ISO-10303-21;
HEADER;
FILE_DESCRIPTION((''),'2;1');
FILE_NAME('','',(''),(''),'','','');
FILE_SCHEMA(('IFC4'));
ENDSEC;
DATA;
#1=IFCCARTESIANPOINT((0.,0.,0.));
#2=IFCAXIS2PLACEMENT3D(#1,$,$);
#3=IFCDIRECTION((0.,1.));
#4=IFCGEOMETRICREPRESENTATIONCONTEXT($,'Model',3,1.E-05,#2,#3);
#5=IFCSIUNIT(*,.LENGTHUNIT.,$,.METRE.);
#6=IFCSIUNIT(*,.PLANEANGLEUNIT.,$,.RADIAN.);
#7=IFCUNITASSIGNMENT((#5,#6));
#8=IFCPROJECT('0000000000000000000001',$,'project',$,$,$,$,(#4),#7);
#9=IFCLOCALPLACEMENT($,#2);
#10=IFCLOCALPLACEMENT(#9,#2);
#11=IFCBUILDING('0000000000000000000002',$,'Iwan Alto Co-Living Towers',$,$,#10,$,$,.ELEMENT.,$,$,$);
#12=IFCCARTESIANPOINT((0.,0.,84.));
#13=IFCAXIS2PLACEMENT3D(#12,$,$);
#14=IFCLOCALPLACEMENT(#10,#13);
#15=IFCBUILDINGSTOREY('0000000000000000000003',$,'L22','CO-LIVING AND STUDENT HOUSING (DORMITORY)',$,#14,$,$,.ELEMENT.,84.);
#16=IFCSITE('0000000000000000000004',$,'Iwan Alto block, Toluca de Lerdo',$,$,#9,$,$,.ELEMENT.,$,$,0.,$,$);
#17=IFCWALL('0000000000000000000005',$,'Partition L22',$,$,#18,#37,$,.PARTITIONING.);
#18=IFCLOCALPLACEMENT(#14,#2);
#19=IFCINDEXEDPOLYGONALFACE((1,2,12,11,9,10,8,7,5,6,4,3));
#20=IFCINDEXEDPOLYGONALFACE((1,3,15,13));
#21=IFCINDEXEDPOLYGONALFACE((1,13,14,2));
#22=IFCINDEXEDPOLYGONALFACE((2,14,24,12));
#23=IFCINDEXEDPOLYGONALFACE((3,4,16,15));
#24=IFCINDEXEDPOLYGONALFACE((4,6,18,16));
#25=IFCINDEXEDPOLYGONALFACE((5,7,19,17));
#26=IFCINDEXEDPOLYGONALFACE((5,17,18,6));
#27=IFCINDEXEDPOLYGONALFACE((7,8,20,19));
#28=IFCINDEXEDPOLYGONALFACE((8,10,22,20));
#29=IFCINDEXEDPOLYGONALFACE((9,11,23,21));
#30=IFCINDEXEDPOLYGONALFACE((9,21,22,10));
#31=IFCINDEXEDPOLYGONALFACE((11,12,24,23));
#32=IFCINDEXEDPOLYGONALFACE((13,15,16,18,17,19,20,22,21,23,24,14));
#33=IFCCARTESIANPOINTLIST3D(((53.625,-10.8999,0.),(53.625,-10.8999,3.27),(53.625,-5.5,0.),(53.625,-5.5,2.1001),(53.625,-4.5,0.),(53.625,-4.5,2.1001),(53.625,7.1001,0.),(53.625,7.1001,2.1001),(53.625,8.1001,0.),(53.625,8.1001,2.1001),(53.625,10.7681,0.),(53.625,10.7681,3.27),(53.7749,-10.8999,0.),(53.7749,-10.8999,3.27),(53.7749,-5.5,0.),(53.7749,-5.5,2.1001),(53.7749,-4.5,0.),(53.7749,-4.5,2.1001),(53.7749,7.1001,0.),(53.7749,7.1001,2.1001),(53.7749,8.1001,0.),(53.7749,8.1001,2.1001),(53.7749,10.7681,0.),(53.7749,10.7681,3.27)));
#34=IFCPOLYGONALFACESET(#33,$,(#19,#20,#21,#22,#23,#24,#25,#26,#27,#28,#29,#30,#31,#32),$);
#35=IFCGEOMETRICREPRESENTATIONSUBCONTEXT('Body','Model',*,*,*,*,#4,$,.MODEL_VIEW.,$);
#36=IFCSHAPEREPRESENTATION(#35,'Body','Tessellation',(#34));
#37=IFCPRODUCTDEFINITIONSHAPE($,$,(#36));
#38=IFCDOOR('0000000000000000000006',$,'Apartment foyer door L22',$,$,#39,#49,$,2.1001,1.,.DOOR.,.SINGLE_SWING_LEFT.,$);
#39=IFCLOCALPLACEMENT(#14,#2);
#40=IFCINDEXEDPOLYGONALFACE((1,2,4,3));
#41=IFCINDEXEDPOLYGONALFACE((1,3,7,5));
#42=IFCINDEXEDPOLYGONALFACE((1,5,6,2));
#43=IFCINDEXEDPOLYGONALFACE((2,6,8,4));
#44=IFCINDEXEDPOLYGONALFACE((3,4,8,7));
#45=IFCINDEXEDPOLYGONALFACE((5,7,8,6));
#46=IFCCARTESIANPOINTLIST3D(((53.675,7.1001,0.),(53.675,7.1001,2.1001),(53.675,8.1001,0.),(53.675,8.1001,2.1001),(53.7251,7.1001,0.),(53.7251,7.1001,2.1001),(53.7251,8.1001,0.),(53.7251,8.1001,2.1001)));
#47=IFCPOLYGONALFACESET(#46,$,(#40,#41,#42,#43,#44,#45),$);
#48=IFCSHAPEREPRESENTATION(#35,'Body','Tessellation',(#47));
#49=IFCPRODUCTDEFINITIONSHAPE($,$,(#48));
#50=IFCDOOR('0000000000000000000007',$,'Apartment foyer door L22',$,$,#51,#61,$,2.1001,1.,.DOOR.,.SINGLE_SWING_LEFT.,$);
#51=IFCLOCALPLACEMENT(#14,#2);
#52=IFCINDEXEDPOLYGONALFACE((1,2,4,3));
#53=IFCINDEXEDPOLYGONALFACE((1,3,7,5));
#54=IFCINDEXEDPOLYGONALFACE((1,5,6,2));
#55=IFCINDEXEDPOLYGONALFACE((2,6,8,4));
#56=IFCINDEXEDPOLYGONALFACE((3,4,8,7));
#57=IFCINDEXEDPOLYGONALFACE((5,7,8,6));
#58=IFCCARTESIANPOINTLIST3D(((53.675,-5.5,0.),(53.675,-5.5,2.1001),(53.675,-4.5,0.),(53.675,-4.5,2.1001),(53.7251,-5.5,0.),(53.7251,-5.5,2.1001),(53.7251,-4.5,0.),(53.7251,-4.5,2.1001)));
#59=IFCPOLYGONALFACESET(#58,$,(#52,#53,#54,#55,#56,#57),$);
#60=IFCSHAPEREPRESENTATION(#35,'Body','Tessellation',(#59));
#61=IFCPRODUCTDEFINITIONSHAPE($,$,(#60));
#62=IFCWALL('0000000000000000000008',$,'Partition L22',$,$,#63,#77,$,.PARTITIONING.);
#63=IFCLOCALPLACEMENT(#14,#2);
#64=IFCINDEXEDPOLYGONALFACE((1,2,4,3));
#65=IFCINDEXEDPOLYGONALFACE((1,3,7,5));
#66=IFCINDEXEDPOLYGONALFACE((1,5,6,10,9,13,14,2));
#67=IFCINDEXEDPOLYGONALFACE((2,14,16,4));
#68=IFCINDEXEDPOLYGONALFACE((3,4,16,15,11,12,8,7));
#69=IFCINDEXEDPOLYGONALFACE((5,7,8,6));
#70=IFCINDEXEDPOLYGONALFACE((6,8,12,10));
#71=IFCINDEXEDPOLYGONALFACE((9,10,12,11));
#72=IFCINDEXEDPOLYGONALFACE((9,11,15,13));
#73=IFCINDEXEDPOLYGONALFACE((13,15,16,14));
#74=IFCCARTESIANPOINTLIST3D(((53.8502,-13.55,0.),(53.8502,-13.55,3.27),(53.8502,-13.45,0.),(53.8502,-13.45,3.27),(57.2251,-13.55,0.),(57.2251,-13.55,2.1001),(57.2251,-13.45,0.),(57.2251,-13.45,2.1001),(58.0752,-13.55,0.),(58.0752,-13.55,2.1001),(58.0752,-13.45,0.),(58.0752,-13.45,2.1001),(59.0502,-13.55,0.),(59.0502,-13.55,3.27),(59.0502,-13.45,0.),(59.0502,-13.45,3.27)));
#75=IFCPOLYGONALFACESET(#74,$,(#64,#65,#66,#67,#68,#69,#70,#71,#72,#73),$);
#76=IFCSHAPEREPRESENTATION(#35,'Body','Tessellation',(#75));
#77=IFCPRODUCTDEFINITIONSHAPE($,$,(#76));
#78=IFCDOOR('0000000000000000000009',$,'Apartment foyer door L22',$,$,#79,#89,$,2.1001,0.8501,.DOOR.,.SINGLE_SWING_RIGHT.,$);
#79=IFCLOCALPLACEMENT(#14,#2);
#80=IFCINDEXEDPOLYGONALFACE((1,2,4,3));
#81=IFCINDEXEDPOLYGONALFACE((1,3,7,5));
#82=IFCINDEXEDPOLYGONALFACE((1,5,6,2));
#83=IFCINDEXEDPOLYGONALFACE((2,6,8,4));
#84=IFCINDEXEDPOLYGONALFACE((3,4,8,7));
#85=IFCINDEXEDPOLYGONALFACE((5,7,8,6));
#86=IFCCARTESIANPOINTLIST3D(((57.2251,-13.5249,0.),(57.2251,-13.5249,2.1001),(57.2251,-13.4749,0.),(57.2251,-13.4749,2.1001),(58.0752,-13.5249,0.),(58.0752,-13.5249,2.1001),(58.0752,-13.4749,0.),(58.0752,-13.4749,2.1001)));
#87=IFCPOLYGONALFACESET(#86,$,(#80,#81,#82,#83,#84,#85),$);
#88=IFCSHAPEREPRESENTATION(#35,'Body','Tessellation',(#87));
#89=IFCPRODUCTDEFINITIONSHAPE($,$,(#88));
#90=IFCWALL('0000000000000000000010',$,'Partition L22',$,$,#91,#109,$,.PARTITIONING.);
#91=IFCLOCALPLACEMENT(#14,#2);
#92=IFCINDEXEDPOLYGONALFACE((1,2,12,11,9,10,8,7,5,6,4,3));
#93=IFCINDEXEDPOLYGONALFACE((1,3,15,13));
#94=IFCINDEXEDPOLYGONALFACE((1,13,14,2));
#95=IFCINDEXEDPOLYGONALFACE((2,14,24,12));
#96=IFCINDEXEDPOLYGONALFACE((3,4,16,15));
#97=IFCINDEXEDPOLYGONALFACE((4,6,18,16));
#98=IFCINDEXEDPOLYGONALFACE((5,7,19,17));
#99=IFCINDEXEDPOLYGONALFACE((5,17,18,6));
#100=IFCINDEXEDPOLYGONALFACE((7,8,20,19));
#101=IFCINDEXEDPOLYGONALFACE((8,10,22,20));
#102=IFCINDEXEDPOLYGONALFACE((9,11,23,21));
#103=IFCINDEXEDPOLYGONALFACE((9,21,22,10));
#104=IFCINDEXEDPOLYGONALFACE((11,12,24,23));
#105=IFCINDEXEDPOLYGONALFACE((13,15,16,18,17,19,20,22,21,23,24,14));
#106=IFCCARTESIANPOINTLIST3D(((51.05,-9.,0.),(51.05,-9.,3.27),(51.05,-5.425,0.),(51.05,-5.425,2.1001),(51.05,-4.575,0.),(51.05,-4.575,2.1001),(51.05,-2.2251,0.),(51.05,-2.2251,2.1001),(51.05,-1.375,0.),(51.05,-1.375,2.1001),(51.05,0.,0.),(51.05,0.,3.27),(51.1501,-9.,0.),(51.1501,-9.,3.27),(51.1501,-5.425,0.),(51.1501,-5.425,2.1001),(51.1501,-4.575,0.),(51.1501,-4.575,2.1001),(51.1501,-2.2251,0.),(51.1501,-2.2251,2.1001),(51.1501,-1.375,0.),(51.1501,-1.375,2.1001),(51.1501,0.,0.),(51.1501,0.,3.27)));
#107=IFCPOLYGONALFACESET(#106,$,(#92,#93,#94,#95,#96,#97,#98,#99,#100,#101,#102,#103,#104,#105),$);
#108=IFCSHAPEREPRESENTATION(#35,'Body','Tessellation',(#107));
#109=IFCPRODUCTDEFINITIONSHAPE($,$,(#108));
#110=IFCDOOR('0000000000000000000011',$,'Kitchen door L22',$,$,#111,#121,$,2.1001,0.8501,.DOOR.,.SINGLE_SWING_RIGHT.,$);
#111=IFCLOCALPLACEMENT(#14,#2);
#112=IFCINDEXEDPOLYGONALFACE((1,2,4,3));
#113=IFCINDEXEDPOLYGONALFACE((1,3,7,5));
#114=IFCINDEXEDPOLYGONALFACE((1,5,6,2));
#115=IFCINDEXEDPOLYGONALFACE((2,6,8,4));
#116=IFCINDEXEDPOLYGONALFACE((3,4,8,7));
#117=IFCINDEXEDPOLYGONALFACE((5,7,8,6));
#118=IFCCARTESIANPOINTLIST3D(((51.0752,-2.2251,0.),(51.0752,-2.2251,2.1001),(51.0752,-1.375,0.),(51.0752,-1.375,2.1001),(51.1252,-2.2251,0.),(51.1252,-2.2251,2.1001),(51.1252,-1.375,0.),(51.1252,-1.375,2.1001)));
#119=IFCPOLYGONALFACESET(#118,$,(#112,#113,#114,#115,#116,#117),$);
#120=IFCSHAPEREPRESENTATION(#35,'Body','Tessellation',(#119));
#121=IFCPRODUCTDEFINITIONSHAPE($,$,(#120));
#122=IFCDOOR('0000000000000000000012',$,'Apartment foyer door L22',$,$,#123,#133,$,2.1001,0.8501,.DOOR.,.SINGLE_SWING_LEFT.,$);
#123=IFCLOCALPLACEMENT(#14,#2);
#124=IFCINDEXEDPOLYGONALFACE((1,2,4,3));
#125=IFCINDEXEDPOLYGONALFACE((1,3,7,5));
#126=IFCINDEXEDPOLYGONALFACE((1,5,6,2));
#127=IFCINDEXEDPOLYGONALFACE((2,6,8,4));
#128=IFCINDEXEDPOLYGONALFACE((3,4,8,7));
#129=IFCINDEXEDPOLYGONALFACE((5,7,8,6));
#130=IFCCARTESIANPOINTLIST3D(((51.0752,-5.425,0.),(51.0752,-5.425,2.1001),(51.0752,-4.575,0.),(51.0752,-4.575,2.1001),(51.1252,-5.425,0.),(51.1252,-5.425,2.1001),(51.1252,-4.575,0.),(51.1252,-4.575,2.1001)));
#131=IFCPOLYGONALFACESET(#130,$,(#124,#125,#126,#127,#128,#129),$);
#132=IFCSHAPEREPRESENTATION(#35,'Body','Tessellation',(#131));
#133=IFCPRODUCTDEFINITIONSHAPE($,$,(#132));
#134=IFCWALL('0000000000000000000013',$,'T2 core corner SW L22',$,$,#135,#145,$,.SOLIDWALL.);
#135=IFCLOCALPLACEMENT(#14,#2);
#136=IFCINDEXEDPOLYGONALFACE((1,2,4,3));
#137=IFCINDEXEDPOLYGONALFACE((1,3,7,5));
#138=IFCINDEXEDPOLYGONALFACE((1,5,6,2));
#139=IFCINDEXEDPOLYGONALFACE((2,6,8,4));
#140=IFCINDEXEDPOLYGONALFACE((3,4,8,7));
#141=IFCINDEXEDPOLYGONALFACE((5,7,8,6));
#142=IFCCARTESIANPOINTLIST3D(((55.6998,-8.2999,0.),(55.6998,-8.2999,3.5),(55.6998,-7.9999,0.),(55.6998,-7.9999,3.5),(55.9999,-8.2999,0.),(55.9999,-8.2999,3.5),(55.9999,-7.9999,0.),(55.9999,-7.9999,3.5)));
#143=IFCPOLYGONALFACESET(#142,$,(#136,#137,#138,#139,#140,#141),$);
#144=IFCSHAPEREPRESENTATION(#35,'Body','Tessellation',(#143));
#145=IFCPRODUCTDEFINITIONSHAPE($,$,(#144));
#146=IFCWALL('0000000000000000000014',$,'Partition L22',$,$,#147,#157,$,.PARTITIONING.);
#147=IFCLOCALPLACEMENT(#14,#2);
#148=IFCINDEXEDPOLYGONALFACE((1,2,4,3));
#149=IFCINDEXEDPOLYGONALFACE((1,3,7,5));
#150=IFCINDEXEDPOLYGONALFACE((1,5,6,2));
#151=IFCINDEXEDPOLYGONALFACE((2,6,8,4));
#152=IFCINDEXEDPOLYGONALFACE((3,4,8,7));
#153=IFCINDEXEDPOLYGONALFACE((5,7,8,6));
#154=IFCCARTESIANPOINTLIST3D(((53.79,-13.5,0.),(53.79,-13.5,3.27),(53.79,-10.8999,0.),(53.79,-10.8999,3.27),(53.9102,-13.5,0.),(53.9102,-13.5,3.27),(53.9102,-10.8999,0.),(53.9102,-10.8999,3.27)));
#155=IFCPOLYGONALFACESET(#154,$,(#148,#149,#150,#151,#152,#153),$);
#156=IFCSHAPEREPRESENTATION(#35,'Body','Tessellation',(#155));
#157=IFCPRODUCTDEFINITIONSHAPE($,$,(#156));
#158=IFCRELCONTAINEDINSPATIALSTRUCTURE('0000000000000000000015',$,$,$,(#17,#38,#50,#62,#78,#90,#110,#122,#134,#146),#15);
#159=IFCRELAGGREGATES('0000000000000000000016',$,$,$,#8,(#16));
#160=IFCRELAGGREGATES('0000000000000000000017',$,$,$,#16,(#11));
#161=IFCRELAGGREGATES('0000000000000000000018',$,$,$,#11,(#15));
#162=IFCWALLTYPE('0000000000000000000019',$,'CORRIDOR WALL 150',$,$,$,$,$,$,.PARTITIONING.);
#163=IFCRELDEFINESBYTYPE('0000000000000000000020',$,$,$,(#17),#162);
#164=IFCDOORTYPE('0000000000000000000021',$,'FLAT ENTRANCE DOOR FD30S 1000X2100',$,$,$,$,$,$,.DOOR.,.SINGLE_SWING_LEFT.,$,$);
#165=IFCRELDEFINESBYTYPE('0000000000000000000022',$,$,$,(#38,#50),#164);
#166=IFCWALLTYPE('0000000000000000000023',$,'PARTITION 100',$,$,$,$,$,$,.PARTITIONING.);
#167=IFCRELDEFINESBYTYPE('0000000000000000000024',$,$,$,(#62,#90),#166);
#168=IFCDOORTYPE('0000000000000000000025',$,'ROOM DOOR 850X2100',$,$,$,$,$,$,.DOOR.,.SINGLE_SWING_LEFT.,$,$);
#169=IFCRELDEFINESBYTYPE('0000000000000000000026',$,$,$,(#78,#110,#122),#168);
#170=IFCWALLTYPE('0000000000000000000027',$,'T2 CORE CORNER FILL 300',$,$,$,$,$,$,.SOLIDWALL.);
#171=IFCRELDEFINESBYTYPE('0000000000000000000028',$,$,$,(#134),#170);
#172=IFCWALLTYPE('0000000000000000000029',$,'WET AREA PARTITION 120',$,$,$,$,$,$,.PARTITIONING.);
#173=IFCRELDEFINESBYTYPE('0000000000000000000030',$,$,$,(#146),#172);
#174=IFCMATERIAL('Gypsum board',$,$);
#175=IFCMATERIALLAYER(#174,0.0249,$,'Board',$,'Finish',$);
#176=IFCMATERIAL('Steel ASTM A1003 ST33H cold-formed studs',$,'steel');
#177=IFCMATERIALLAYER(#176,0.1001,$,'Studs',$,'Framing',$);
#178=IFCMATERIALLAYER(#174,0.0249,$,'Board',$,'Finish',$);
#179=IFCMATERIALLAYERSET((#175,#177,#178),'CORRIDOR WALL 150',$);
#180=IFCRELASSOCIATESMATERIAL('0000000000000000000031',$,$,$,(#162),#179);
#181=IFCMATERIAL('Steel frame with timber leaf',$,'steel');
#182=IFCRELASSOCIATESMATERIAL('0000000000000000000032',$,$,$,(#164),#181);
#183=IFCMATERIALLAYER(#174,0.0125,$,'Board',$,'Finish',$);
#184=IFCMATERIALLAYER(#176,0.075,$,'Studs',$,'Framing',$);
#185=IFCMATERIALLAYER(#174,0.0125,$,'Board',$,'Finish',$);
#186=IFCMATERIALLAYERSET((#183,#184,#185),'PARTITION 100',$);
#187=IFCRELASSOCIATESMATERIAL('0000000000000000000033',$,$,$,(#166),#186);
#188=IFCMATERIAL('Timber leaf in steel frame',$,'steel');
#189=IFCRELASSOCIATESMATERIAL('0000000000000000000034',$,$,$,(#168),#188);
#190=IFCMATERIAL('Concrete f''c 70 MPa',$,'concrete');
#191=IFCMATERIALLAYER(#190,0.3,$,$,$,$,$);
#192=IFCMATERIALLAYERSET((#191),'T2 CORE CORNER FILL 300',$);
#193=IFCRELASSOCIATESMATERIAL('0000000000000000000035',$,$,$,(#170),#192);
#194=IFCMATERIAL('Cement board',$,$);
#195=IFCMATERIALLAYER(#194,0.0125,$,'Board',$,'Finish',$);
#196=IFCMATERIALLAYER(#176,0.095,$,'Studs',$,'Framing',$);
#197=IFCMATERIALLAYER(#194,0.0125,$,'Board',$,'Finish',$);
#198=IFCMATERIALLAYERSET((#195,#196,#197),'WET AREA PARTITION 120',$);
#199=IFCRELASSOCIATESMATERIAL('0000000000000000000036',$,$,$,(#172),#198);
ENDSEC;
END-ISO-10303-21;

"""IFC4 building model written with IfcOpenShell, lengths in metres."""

from ifc_helpers import new_model, si_unit, direction, frame, frame_2d, origin, place, context, subcontext, project, spatial, rectangle, extrude, material, layer, layer_set, type_object, element, fill, save


model = new_model("IFC4")

# Units and contexts
model_context = context("Model", 3, precision=1e-05, world=origin(), true_north=direction((0.0, 1.0)))
body_context = subcontext(model_context, "Body", "Model", "MODEL_VIEW")
ifc_project = project(units=[si_unit("LENGTHUNIT", "METRE"), si_unit("PLANEANGLEUNIT", "RADIAN")], contexts=[model_context])

# Site, building, storey
site_placement = place(None, origin())
site = spatial("IfcSite", under=ifc_project, at=site_placement, Name="Iwan Alto block, Toluca de Lerdo", CompositionType="ELEMENT", RefElevation=0.0)
building_placement = place(site_placement, origin())
building = spatial("IfcBuilding", under=site, at=building_placement, Name="Iwan Alto Co-Living Towers", CompositionType="ELEMENT")
storey_placement = place(building_placement, frame((0.0, 0.0, 84.0)))
storey = spatial("IfcBuildingStorey", under=building, at=storey_placement, Name="L22", Description="CO-LIVING AND STUDENT HOUSING (DORMITORY)", CompositionType="ELEMENT", Elevation=84.0)

# Wall, openings, doors
ifc_material_1 = material(Name="Gypsum board")
ifc_layer_1 = layer(ifc_material_1, 0.0249, Name="Board", Category="Finish")
ifc_material_2 = material(Name="Steel ASTM A1003 ST33H cold-formed studs", Category="steel")
ifc_layer_2 = layer(ifc_material_2, 0.1001, Name="Studs", Category="Framing")
ifc_layer_3 = layer(ifc_material_1, 0.0249, Name="Board", Category="Finish")
ifc_layer_set_1 = layer_set([ifc_layer_1, ifc_layer_2, ifc_layer_3], Name="CORRIDOR WALL 150")
wall_type_1 = type_object("IfcWallType", Name="CORRIDOR WALL 150", PredefinedType="PARTITIONING", material=ifc_layer_set_1)
ifc_material_3 = material(Name="Steel frame with timber leaf", Category="steel")
door_type_1 = type_object("IfcDoorType", Name="FLAT ENTRANCE DOOR FD30S 1000X2100", OperationType="SINGLE_SWING_LEFT", PredefinedType="DOOR", material=ifc_material_3)
wall_1_placement = place(storey_placement, frame((53.7, -10.8999, 0.0), z_axis=(0.0, 0.0, 1.0), x_axis=(0.0, 1.0, 0.0)))
wall_1 = element("IfcWall", 1, at=wall_1_placement, inside=storey, type_object=wall_type_1, Name="Partition L22", PredefinedType="PARTITIONING", context=body_context, shape_type="SweptSolid", body=[
    extrude(rectangle(XDim=21.668, YDim=0.1499, at=frame_2d((10.834, 0.0))), origin(), (0.0, 0.0, 1.0), 3.27),
])
opening_1_placement = place(wall_1_placement, frame((18.0, 0.0, 0.0)))
opening_1 = element("IfcOpeningElement", 2, at=opening_1_placement, cuts=wall_1, PredefinedType="OPENING", context=body_context, shape_type="SweptSolid", body=[
    extrude(rectangle(XDim=1.0, YDim=2.1001, at=frame_2d((0.5, 1.05))), frame((0.0, 0.085, 0.0), z_axis=(0.0, -1.0, 0.0), x_axis=(1.0, 0.0, 0.0)), (0.0, 0.0, 1.0), 0.1699),
])
opening_2_placement = place(wall_1_placement, frame((5.3999, 0.0, 0.0)))
opening_2 = element("IfcOpeningElement", 3, at=opening_2_placement, cuts=wall_1, PredefinedType="OPENING", context=body_context, shape_type="SweptSolid", body=[
    extrude(rectangle(XDim=1.0, YDim=2.1001, at=frame_2d((0.5, 1.05))), frame((0.0, 0.085, 0.0), z_axis=(0.0, -1.0, 0.0), x_axis=(1.0, 0.0, 0.0)), (0.0, 0.0, 1.0), 0.1699),
])
door_1_placement = place(opening_1_placement, origin())
door_1 = element("IfcDoor", 4, at=door_1_placement, inside=storey, type_object=door_type_1, Name="Apartment foyer door L22", OperationType="SINGLE_SWING_LEFT", OverallHeight=2.1001, OverallWidth=1.0, PredefinedType="DOOR", context=body_context, shape_type="SweptSolid", body=[
    extrude(rectangle(XDim=1.0, YDim=2.1001, at=frame_2d((0.5, 1.05))), frame((0.0, 0.0249, 0.0), z_axis=(0.0, -1.0, 0.0), x_axis=(1.0, 0.0, 0.0)), (0.0, 0.0, 1.0), 0.05),
])
fill(opening_1, door_1)
door_2_placement = place(opening_2_placement, origin())
door_2 = element("IfcDoor", 5, at=door_2_placement, inside=storey, type_object=door_type_1, Name="Apartment foyer door L22", OperationType="SINGLE_SWING_LEFT", OverallHeight=2.1001, OverallWidth=1.0, PredefinedType="DOOR", context=body_context, shape_type="SweptSolid", body=[
    extrude(rectangle(XDim=1.0, YDim=2.1001, at=frame_2d((0.5, 1.05))), frame((0.0, 0.0249, 0.0), z_axis=(0.0, -1.0, 0.0), x_axis=(1.0, 0.0, 0.0)), (0.0, 0.0, 1.0), 0.05),
])
fill(opening_2, door_2)

# Wall, opening, door
ifc_layer_4 = layer(ifc_material_1, 0.0125, Name="Board", Category="Finish")
ifc_layer_5 = layer(ifc_material_2, 0.075, Name="Studs", Category="Framing")
ifc_layer_6 = layer(ifc_material_1, 0.0125, Name="Board", Category="Finish")
ifc_layer_set_2 = layer_set([ifc_layer_4, ifc_layer_5, ifc_layer_6], Name="PARTITION 100")
wall_type_2 = type_object("IfcWallType", Name="PARTITION 100", PredefinedType="PARTITIONING", material=ifc_layer_set_2)
wall_2_placement = place(storey_placement, frame((53.8501, -13.5, 0.0), z_axis=(0.0, 0.0, 1.0), x_axis=(1.0, 0.0, 0.0)))
wall_2 = element("IfcWall", 6, at=wall_2_placement, inside=storey, type_object=wall_type_2, Name="Partition L22", PredefinedType="PARTITIONING", context=body_context, shape_type="SweptSolid", body=[
    extrude(rectangle(XDim=5.2, YDim=0.1001, at=frame_2d((2.6001, 0.0))), origin(), (0.0, 0.0, 1.0), 3.27),
])
opening_3_placement = place(wall_2_placement, frame((3.375, 0.0, 0.0)))
opening_3 = element("IfcOpeningElement", 7, at=opening_3_placement, cuts=wall_2, PredefinedType="OPENING", context=body_context, shape_type="SweptSolid", body=[
    extrude(rectangle(XDim=0.8501, YDim=2.1001, at=frame_2d((0.425, 1.05))), frame((0.0, 0.0601, 0.0), z_axis=(0.0, -1.0, 0.0), x_axis=(1.0, 0.0, 0.0)), (0.0, 0.0, 1.0), 0.1201),
])
ifc_material_4 = material(Name="Timber leaf in steel frame", Category="steel")
door_type_2 = type_object("IfcDoorType", Name="ROOM DOOR 850X2100", OperationType="SINGLE_SWING_LEFT", PredefinedType="DOOR", material=ifc_material_4)
door_3_placement = place(opening_3_placement, frame((0.8501, 0.0, 0.0), z_axis=(0.0, 0.0, 1.0), x_axis=(-1.0, 0.0, 0.0)))
door_3 = element("IfcDoor", 8, at=door_3_placement, inside=storey, type_object=door_type_2, Name="Apartment foyer door L22", OperationType="SINGLE_SWING_RIGHT", OverallHeight=2.1001, OverallWidth=0.8501, PredefinedType="DOOR", context=body_context, shape_type="SweptSolid", body=[
    extrude(rectangle(XDim=0.8501, YDim=2.1001, at=frame_2d((0.425, 1.05))), frame((0.0, 0.0249, 0.0), z_axis=(0.0, -1.0, 0.0), x_axis=(1.0, 0.0, 0.0)), (0.0, 0.0, 1.0), 0.05),
])
fill(opening_3, door_3)

# Wall, openings, doors
wall_3_placement = place(storey_placement, frame((51.1001, -9.0, 0.0), z_axis=(0.0, 0.0, 1.0), x_axis=(0.0, 1.0, 0.0)))
wall_3 = element("IfcWall", 9, at=wall_3_placement, inside=storey, type_object=wall_type_2, Name="Partition L22", PredefinedType="PARTITIONING", context=body_context, shape_type="SweptSolid", body=[
    extrude(rectangle(XDim=9.0, YDim=0.1001, at=frame_2d((4.5, 0.0))), origin(), (0.0, 0.0, 1.0), 3.27),
])
opening_4_placement = place(wall_3_placement, frame((6.7749, 0.0, 0.0)))
opening_4 = element("IfcOpeningElement", 10, at=opening_4_placement, cuts=wall_3, PredefinedType="OPENING", context=body_context, shape_type="SweptSolid", body=[
    extrude(rectangle(XDim=0.8501, YDim=2.1001, at=frame_2d((0.425, 1.05))), frame((0.0, 0.0601, 0.0), z_axis=(0.0, -1.0, 0.0), x_axis=(1.0, 0.0, 0.0)), (0.0, 0.0, 1.0), 0.1201),
])
opening_5_placement = place(wall_3_placement, frame((3.575, 0.0, 0.0)))
opening_5 = element("IfcOpeningElement", 11, at=opening_5_placement, cuts=wall_3, PredefinedType="OPENING", context=body_context, shape_type="SweptSolid", body=[
    extrude(rectangle(XDim=0.8501, YDim=2.1001, at=frame_2d((0.425, 1.05))), frame((0.0, 0.0601, 0.0), z_axis=(0.0, -1.0, 0.0), x_axis=(1.0, 0.0, 0.0)), (0.0, 0.0, 1.0), 0.1201),
])
door_4_placement = place(opening_4_placement, origin())
door_4 = element("IfcDoor", 12, at=door_4_placement, inside=storey, type_object=door_type_2, Name="Kitchen door L22", OperationType="SINGLE_SWING_RIGHT", OverallHeight=2.1001, OverallWidth=0.8501, PredefinedType="DOOR", context=body_context, shape_type="SweptSolid", body=[
    extrude(rectangle(XDim=0.8501, YDim=2.1001, at=frame_2d((0.425, 1.05))), frame((0.0, 0.0249, 0.0), z_axis=(0.0, -1.0, 0.0), x_axis=(1.0, 0.0, 0.0)), (0.0, 0.0, 1.0), 0.05),
])
fill(opening_4, door_4)
door_5_placement = place(opening_5_placement, origin())
door_5 = element("IfcDoor", 13, at=door_5_placement, inside=storey, type_object=door_type_2, Name="Apartment foyer door L22", OperationType="SINGLE_SWING_LEFT", OverallHeight=2.1001, OverallWidth=0.8501, PredefinedType="DOOR", context=body_context, shape_type="SweptSolid", body=[
    extrude(rectangle(XDim=0.8501, YDim=2.1001, at=frame_2d((0.425, 1.05))), frame((0.0, 0.0249, 0.0), z_axis=(0.0, -1.0, 0.0), x_axis=(1.0, 0.0, 0.0)), (0.0, 0.0, 1.0), 0.05),
])
fill(opening_5, door_5)

# Walls
ifc_material_5 = material(Name="Concrete f'c 70 MPa", Category="concrete")
ifc_layer_7 = layer(ifc_material_5, 0.3)
ifc_layer_set_3 = layer_set([ifc_layer_7], Name="T2 CORE CORNER FILL 300")
wall_type_3 = type_object("IfcWallType", Name="T2 CORE CORNER FILL 300", PredefinedType="SOLIDWALL", material=ifc_layer_set_3)
wall_4_placement = place(storey_placement, frame((55.7, -8.1499, 0.0), z_axis=(0.0, 0.0, 1.0), x_axis=(1.0, 0.0, 0.0)))
element("IfcWall", 14, at=wall_4_placement, inside=storey, type_object=wall_type_3, Name="T2 core corner SW L22", PredefinedType="SOLIDWALL", context=body_context, shape_type="SweptSolid", body=[
    extrude(rectangle(XDim=0.3, YDim=0.3, at=frame_2d((0.1499, 0.0))), origin(), (0.0, 0.0, 1.0), 3.5),
])
ifc_material_6 = material(Name="Cement board")
ifc_layer_8 = layer(ifc_material_6, 0.0125, Name="Board", Category="Finish")
ifc_layer_9 = layer(ifc_material_2, 0.095, Name="Studs", Category="Framing")
ifc_layer_10 = layer(ifc_material_6, 0.0125, Name="Board", Category="Finish")
ifc_layer_set_4 = layer_set([ifc_layer_8, ifc_layer_9, ifc_layer_10], Name="WET AREA PARTITION 120")
wall_type_4 = type_object("IfcWallType", Name="WET AREA PARTITION 120", PredefinedType="PARTITIONING", material=ifc_layer_set_4)
wall_5_placement = place(storey_placement, frame((53.8501, -13.5, 0.0), z_axis=(0.0, 0.0, 1.0), x_axis=(0.0, 1.0, 0.0)))
element("IfcWall", 15, at=wall_5_placement, inside=storey, type_object=wall_type_4, Name="Partition L22", PredefinedType="PARTITIONING", context=body_context, shape_type="SweptSolid", body=[
    extrude(rectangle(XDim=2.6001, YDim=0.1201, at=frame_2d((1.3, 0.0))), origin(), (0.0, 0.0, 1.0), 3.27),
])

save(model, "model.ifc")
